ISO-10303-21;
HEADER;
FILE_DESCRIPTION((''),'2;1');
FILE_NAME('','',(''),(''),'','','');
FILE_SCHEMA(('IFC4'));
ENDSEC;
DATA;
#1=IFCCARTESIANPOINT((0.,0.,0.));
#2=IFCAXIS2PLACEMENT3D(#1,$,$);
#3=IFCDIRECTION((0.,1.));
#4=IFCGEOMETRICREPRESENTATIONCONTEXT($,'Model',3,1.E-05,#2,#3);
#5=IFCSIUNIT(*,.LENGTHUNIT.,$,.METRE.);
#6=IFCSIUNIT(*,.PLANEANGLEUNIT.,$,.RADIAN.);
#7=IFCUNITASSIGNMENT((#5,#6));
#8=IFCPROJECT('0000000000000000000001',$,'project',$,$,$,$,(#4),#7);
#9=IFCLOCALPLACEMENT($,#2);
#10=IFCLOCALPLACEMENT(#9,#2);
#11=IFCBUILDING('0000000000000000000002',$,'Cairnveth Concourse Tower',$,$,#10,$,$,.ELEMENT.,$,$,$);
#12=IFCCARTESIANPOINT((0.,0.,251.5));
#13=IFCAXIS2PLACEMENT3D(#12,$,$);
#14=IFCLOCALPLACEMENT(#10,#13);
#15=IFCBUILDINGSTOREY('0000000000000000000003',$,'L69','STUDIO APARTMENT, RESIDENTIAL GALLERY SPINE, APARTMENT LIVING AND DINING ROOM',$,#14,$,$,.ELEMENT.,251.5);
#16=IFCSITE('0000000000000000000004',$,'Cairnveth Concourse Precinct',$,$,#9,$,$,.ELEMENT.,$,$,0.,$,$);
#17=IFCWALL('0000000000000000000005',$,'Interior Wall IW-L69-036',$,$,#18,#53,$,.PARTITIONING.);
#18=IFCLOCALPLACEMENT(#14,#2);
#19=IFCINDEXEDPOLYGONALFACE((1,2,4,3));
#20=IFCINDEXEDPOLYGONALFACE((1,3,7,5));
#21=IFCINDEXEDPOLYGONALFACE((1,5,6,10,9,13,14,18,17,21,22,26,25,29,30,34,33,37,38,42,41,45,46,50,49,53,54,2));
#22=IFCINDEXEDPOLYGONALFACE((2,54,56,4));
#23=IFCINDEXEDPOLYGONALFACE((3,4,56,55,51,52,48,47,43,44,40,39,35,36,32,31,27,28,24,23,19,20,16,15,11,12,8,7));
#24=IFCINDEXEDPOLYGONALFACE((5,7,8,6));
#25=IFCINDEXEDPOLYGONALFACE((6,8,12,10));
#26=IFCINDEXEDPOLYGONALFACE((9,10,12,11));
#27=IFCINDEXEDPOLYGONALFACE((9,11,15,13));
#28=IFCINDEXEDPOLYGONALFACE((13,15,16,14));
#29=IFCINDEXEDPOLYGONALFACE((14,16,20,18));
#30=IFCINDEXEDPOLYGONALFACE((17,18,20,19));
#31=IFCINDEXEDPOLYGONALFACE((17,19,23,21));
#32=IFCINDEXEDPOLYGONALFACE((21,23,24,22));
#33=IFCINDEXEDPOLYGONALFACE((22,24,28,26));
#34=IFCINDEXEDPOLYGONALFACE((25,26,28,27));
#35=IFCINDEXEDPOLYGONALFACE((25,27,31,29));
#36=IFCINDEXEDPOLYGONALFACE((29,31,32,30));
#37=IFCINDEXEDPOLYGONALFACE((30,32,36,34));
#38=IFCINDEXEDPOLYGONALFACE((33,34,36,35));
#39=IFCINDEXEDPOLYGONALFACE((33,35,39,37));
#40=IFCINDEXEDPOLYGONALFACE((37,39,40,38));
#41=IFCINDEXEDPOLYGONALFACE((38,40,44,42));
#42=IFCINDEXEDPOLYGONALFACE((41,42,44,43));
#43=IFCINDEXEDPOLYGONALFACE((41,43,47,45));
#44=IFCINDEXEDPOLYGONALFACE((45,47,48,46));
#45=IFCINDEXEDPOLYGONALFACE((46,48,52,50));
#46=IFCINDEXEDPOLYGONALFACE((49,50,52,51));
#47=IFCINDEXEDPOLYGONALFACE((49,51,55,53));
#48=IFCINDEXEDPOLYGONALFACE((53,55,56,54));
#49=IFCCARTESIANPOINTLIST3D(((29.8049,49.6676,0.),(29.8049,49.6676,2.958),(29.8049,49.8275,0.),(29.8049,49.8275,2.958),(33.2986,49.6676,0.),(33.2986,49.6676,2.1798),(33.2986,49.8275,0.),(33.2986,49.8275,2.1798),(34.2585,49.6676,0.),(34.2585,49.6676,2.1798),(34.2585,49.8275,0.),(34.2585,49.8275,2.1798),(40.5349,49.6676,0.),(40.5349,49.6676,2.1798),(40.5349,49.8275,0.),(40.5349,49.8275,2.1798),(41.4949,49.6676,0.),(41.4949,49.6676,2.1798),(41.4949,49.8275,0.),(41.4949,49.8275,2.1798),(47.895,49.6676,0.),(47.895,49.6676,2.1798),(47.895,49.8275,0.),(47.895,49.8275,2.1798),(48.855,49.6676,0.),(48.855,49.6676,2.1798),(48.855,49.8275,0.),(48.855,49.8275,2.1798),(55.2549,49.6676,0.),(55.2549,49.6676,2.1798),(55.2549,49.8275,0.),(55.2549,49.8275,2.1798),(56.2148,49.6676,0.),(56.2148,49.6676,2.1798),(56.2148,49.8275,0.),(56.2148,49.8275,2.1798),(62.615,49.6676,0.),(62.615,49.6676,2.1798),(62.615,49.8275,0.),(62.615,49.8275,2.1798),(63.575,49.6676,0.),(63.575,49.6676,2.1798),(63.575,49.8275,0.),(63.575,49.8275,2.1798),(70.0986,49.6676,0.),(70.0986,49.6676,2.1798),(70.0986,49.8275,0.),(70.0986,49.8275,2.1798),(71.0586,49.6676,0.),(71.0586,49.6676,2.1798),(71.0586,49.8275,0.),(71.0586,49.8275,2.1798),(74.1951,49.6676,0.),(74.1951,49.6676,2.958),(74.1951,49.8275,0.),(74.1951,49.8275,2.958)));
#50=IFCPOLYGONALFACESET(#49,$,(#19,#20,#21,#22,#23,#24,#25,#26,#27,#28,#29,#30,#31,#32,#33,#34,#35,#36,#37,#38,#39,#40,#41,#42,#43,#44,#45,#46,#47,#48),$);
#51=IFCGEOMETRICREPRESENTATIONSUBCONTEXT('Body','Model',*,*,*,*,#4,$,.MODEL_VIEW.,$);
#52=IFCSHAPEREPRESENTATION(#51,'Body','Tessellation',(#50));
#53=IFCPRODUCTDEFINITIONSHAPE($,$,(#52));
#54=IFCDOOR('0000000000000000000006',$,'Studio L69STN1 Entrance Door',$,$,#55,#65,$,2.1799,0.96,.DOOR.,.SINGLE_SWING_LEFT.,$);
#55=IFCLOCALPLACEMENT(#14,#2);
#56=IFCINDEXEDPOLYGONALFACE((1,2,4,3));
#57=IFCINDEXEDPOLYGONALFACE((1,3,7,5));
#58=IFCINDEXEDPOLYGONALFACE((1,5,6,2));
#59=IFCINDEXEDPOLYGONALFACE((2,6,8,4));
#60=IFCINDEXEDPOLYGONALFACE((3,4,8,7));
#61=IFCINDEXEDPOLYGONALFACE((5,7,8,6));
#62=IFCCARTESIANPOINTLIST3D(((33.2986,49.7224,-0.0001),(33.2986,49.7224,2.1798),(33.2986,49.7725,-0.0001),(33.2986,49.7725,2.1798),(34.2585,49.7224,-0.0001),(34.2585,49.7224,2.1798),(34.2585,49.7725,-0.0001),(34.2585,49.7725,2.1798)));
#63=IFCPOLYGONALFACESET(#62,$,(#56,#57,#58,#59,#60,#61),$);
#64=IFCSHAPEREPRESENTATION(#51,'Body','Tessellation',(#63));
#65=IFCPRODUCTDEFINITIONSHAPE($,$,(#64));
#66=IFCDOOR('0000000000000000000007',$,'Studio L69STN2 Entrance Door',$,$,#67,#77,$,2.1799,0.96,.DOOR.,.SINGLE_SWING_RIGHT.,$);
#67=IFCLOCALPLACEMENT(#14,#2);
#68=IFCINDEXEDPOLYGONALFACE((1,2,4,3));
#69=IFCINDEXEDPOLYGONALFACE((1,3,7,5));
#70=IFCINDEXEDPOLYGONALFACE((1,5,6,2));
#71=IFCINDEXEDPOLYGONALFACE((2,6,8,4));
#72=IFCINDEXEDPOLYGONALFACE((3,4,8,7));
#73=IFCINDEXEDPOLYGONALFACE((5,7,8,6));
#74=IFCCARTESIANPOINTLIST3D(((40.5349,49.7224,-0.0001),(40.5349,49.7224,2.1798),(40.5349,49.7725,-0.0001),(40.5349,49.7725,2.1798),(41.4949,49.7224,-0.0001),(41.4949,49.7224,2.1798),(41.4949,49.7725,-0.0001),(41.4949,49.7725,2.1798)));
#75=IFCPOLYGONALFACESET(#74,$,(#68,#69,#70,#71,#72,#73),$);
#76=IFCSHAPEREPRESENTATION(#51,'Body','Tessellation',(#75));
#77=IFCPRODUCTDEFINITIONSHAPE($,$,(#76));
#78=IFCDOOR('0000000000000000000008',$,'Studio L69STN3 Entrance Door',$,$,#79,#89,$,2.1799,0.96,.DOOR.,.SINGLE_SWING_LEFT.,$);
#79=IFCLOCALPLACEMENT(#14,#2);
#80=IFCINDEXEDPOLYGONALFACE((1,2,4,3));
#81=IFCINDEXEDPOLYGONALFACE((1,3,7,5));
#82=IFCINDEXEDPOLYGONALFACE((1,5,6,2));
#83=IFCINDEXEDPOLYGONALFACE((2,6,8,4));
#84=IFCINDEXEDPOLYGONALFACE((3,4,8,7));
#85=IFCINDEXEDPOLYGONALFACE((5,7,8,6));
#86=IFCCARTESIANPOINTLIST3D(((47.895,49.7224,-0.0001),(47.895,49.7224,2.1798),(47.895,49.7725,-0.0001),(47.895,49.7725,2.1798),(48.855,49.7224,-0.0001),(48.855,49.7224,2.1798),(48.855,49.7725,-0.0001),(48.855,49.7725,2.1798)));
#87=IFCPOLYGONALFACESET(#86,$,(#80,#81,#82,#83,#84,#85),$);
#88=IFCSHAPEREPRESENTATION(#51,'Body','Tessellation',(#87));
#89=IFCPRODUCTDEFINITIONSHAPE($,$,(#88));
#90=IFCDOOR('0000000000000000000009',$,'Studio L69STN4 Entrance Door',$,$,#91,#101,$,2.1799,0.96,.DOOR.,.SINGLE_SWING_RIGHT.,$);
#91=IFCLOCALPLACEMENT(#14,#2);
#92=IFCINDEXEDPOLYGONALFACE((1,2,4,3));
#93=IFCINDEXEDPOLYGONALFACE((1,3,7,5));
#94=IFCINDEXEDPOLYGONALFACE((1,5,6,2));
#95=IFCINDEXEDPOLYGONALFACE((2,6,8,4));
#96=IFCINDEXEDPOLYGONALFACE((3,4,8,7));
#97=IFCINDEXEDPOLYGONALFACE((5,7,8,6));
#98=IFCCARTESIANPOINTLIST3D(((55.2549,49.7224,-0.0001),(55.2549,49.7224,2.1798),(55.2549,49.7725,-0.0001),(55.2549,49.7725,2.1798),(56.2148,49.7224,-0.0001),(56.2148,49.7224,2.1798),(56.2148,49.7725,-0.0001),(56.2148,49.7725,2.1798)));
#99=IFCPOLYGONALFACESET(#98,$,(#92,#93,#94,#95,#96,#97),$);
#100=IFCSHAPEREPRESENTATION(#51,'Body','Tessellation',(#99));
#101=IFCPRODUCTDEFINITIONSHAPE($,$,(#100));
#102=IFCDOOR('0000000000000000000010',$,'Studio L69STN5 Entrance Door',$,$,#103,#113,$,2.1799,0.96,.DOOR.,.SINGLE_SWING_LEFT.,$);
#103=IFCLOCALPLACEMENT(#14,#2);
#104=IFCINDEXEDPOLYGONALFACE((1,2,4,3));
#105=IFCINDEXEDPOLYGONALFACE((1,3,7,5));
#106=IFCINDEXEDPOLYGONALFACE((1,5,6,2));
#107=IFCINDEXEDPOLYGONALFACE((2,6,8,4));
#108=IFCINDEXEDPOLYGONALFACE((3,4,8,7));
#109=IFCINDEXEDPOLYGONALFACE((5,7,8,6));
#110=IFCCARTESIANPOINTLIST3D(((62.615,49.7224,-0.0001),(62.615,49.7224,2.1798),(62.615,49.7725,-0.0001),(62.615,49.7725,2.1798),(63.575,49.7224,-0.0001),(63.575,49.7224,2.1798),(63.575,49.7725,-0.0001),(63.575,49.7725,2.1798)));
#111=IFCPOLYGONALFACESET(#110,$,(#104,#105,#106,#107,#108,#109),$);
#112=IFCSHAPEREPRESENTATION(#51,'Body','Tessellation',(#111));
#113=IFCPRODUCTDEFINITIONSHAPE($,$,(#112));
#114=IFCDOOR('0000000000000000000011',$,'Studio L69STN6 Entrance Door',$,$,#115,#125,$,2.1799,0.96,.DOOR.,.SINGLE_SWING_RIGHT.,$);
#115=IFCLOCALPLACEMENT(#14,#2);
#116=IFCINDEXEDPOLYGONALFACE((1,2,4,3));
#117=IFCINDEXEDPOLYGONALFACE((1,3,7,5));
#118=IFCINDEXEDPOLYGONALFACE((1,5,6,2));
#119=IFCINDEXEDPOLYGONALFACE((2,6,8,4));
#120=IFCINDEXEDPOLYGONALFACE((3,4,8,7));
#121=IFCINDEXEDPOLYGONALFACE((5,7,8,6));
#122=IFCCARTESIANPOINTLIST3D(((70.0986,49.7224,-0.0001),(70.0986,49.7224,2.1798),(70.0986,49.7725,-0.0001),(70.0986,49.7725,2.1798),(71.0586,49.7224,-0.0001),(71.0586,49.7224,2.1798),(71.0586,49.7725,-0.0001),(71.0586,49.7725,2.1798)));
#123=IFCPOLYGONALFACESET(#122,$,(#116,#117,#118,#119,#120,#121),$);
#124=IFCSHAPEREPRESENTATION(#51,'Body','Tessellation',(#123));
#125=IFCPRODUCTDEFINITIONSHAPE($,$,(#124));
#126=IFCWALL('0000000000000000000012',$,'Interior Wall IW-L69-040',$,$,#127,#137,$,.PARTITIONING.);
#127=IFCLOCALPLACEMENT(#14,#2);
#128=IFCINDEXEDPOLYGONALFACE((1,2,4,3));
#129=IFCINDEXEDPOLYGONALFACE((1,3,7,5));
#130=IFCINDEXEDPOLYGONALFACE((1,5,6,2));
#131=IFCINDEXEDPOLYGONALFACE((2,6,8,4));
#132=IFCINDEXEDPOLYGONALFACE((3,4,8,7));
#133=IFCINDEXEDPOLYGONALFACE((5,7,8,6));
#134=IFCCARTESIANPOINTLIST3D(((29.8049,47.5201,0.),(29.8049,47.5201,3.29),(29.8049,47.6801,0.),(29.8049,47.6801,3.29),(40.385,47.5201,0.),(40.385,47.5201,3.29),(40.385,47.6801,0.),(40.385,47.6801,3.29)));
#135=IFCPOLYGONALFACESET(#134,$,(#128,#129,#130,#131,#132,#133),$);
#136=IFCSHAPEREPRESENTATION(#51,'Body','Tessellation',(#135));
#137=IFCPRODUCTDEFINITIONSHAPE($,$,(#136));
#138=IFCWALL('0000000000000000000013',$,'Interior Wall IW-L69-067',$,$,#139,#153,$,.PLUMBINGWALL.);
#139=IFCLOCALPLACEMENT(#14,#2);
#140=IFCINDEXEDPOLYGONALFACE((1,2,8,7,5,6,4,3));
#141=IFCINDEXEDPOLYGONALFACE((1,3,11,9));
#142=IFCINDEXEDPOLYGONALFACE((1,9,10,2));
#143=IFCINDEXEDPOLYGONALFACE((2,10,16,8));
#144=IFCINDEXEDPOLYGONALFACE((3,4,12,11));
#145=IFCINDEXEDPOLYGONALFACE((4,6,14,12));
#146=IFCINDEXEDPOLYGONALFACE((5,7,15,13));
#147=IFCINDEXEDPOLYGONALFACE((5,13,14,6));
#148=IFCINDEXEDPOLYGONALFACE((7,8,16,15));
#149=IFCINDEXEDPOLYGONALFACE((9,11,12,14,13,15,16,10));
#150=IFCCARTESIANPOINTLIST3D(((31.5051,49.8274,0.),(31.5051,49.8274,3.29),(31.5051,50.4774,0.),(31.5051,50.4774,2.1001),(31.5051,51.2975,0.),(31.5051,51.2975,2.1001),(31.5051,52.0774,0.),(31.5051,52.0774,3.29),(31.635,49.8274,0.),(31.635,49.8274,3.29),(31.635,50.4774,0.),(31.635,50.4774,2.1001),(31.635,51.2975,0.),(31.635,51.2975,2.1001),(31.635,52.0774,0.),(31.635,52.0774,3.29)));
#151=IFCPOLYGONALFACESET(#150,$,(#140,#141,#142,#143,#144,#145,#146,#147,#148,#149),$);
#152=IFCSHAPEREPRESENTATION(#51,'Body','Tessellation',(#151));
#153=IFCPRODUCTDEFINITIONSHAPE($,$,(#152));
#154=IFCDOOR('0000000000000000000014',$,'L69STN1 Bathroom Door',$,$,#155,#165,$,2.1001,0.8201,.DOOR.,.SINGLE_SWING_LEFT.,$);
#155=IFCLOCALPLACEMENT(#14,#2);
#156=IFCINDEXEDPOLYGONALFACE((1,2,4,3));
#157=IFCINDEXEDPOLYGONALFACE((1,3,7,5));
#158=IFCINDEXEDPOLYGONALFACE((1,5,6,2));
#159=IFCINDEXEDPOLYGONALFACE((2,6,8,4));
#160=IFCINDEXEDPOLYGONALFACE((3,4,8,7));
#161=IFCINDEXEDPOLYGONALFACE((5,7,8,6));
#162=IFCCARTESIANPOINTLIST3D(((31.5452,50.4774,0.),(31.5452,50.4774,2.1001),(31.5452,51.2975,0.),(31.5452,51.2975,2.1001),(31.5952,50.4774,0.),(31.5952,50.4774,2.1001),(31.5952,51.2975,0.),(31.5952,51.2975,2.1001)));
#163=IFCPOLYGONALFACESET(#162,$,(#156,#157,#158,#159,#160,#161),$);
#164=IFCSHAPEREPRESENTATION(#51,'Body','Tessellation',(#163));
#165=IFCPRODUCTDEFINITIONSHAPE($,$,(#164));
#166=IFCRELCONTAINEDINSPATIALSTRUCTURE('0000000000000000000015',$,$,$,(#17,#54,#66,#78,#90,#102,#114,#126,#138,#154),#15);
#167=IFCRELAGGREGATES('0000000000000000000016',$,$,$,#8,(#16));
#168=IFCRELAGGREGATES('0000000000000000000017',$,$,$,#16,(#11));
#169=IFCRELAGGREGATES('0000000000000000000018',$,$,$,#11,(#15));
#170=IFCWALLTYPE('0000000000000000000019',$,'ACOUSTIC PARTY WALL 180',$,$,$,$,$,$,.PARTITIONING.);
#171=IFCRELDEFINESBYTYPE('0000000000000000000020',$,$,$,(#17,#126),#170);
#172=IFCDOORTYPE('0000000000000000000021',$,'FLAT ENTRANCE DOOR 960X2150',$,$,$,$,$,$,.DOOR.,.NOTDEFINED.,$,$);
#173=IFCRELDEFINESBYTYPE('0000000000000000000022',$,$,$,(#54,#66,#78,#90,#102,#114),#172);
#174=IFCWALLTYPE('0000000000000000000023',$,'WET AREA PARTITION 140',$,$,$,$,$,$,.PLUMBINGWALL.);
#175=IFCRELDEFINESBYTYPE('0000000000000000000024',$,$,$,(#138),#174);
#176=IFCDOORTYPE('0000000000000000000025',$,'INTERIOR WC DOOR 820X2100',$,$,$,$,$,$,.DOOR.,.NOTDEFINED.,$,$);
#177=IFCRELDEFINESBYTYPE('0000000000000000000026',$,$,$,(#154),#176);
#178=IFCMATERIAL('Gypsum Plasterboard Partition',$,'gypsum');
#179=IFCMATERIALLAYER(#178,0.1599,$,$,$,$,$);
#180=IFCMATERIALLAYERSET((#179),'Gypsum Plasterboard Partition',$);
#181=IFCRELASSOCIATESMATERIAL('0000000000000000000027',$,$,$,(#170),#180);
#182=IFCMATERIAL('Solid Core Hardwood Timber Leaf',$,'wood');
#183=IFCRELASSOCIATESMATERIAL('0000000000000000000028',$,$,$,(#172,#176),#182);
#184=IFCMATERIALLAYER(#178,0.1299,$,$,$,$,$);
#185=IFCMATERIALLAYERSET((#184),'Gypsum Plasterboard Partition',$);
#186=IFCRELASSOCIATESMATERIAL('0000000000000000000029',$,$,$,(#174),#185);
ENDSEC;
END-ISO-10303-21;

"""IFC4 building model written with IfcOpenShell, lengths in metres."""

from ifc_helpers import new_model, si_unit, direction, frame, frame_2d, origin, place, context, subcontext, project, spatial, rectangle, extrude, material, layer, layer_set, type_object, element, fill, save


model = new_model("IFC4")

# Units and contexts
model_context = context("Model", 3, precision=1e-05, world=origin(), true_north=direction((0.0, 1.0)))
body_context = subcontext(model_context, "Body", "Model", "MODEL_VIEW")
ifc_project = project(units=[si_unit("LENGTHUNIT", "METRE"), si_unit("PLANEANGLEUNIT", "RADIAN")], contexts=[model_context])

# Site, building, storey
site_placement = place(None, origin())
site = spatial("IfcSite", under=ifc_project, at=site_placement, Name="Cairnveth Concourse Precinct", CompositionType="ELEMENT", RefElevation=0.0)
building_placement = place(site_placement, origin())
building = spatial("IfcBuilding", under=site, at=building_placement, Name="Cairnveth Concourse Tower", CompositionType="ELEMENT")
storey_placement = place(building_placement, frame((0.0, 0.0, 251.5)))
storey = spatial("IfcBuildingStorey", under=building, at=storey_placement, Name="L69", Description="STUDIO APARTMENT, RESIDENTIAL GALLERY SPINE, APARTMENT LIVING AND DINING ROOM", CompositionType="ELEMENT", Elevation=251.5)

# Wall, openings, doors
ifc_material_1 = material(Name="Gypsum Plasterboard Partition", Category="gypsum")
ifc_layer_1 = layer(ifc_material_1, 0.1599)
ifc_layer_set_1 = layer_set([ifc_layer_1], Name="Gypsum Plasterboard Partition")
wall_type_1 = type_object("IfcWallType", Name="ACOUSTIC PARTY WALL 180", PredefinedType="PARTITIONING", material=ifc_layer_set_1)
wall_1_placement = place(storey_placement, frame((29.8049, 49.7476, 0.0), z_axis=(0.0, 0.0, 1.0), x_axis=(1.0, 0.0, 0.0)))
wall_1 = element("IfcWall", 1, at=wall_1_placement, inside=storey, type_object=wall_type_1, Name="Interior Wall IW-L69-036", PredefinedType="PARTITIONING", context=body_context, shape_type="SweptSolid", body=[
    extrude(rectangle(XDim=44.3901, YDim=0.1599, at=frame_2d((22.1951, 0.0))), origin(), (0.0, 0.0, 1.0), 2.958),
])
opening_1_placement = place(wall_1_placement, frame((3.4937, 0.0, 0.0)))
opening_1 = element("IfcOpeningElement", 2, at=opening_1_placement, cuts=wall_1, PredefinedType="OPENING", context=body_context, shape_type="SweptSolid", body=[
    extrude(rectangle(XDim=0.96, YDim=2.1799, at=frame_2d((0.48, 1.0898))), frame((0.0, 0.0898, 0.0), z_axis=(0.0, -1.0, 0.0), x_axis=(1.0, 0.0, 0.0)), (0.0, 0.0, 1.0), 0.1799),
])
opening_2_placement = place(wall_1_placement, frame((10.73, 0.0, 0.0)))
opening_2 = element("IfcOpeningElement", 3, at=opening_2_placement, cuts=wall_1, PredefinedType="OPENING", context=body_context, shape_type="SweptSolid", body=[
    extrude(rectangle(XDim=0.96, YDim=2.1799, at=frame_2d((0.48, 1.0898))), frame((0.0, 0.0898, 0.0), z_axis=(0.0, -1.0, 0.0), x_axis=(1.0, 0.0, 0.0)), (0.0, 0.0, 1.0), 0.1799),
])
opening_3_placement = place(wall_1_placement, frame((18.0901, 0.0, 0.0)))
opening_3 = element("IfcOpeningElement", 4, at=opening_3_placement, cuts=wall_1, PredefinedType="OPENING", context=body_context, shape_type="SweptSolid", body=[
    extrude(rectangle(XDim=0.96, YDim=2.1799, at=frame_2d((0.48, 1.0898))), frame((0.0, 0.0898, 0.0), z_axis=(0.0, -1.0, 0.0), x_axis=(1.0, 0.0, 0.0)), (0.0, 0.0, 1.0), 0.1799),
])
opening_4_placement = place(wall_1_placement, frame((25.45, 0.0, 0.0)))
opening_4 = element("IfcOpeningElement", 5, at=opening_4_placement, cuts=wall_1, PredefinedType="OPENING", context=body_context, shape_type="SweptSolid", body=[
    extrude(rectangle(XDim=0.96, YDim=2.1799, at=frame_2d((0.48, 1.0898))), frame((0.0, 0.0898, 0.0), z_axis=(0.0, -1.0, 0.0), x_axis=(1.0, 0.0, 0.0)), (0.0, 0.0, 1.0), 0.1799),
])
opening_5_placement = place(wall_1_placement, frame((32.8101, 0.0, 0.0)))
opening_5 = element("IfcOpeningElement", 6, at=opening_5_placement, cuts=wall_1, PredefinedType="OPENING", context=body_context, shape_type="SweptSolid", body=[
    extrude(rectangle(XDim=0.96, YDim=2.1799, at=frame_2d((0.48, 1.0898))), frame((0.0, 0.0898, 0.0), z_axis=(0.0, -1.0, 0.0), x_axis=(1.0, 0.0, 0.0)), (0.0, 0.0, 1.0), 0.1799),
])
opening_6_placement = place(wall_1_placement, frame((40.2937, 0.0, 0.0)))
opening_6 = element("IfcOpeningElement", 7, at=opening_6_placement, cuts=wall_1, PredefinedType="OPENING", context=body_context, shape_type="SweptSolid", body=[
    extrude(rectangle(XDim=0.96, YDim=2.1799, at=frame_2d((0.48, 1.0898))), frame((0.0, 0.0898, 0.0), z_axis=(0.0, -1.0, 0.0), x_axis=(1.0, 0.0, 0.0)), (0.0, 0.0, 1.0), 0.1799),
])
ifc_material_2 = material(Name="Solid Core Hardwood Timber Leaf", Category="wood")
door_type_1 = type_object("IfcDoorType", Name="FLAT ENTRANCE DOOR 960X2150", OperationType="NOTDEFINED", PredefinedType="DOOR", material=ifc_material_2)
door_1_placement = place(opening_1_placement, origin())
door_1 = element("IfcDoor", 8, at=door_1_placement, inside=storey, type_object=door_type_1, Name="Studio L69STN1 Entrance Door", OperationType="SINGLE_SWING_LEFT", OverallHeight=2.1799, OverallWidth=0.96, PredefinedType="DOOR", context=body_context, shape_type="SweptSolid", body=[
    extrude(rectangle(XDim=0.96, YDim=2.1799, at=frame_2d((0.48, 1.0898))), frame((0.0, 0.0249, 0.0), z_axis=(0.0, -1.0, 0.0), x_axis=(1.0, 0.0, 0.0)), (0.0, 0.0, 1.0), 0.05),
])
fill(opening_1, door_1)
door_2_placement = place(opening_2_placement, origin())
door_2 = element("IfcDoor", 9, at=door_2_placement, inside=storey, type_object=door_type_1, Name="Studio L69STN2 Entrance Door", OperationType="SINGLE_SWING_RIGHT", OverallHeight=2.1799, OverallWidth=0.96, PredefinedType="DOOR", context=body_context, shape_type="SweptSolid", body=[
    extrude(rectangle(XDim=0.96, YDim=2.1799, at=frame_2d((0.48, 1.0898))), frame((0.0, 0.0249, 0.0), z_axis=(0.0, -1.0, 0.0), x_axis=(1.0, 0.0, 0.0)), (0.0, 0.0, 1.0), 0.05),
])
fill(opening_2, door_2)
door_3_placement = place(opening_3_placement, origin())
door_3 = element("IfcDoor", 10, at=door_3_placement, inside=storey, type_object=door_type_1, Name="Studio L69STN3 Entrance Door", OperationType="SINGLE_SWING_LEFT", OverallHeight=2.1799, OverallWidth=0.96, PredefinedType="DOOR", context=body_context, shape_type="SweptSolid", body=[
    extrude(rectangle(XDim=0.96, YDim=2.1799, at=frame_2d((0.48, 1.0898))), frame((0.0, 0.0249, 0.0), z_axis=(0.0, -1.0, 0.0), x_axis=(1.0, 0.0, 0.0)), (0.0, 0.0, 1.0), 0.05),
])
fill(opening_3, door_3)
door_4_placement = place(opening_4_placement, origin())
door_4 = element("IfcDoor", 11, at=door_4_placement, inside=storey, type_object=door_type_1, Name="Studio L69STN4 Entrance Door", OperationType="SINGLE_SWING_RIGHT", OverallHeight=2.1799, OverallWidth=0.96, PredefinedType="DOOR", context=body_context, shape_type="SweptSolid", body=[
    extrude(rectangle(XDim=0.96, YDim=2.1799, at=frame_2d((0.48, 1.0898))), frame((0.0, 0.0249, 0.0), z_axis=(0.0, -1.0, 0.0), x_axis=(1.0, 0.0, 0.0)), (0.0, 0.0, 1.0), 0.05),
])
fill(opening_4, door_4)
door_5_placement = place(opening_5_placement, origin())
door_5 = element("IfcDoor", 12, at=door_5_placement, inside=storey, type_object=door_type_1, Name="Studio L69STN5 Entrance Door", OperationType="SINGLE_SWING_LEFT", OverallHeight=2.1799, OverallWidth=0.96, PredefinedType="DOOR", context=body_context, shape_type="SweptSolid", body=[
    extrude(rectangle(XDim=0.96, YDim=2.1799, at=frame_2d((0.48, 1.0898))), frame((0.0, 0.0249, 0.0), z_axis=(0.0, -1.0, 0.0), x_axis=(1.0, 0.0, 0.0)), (0.0, 0.0, 1.0), 0.05),
])
fill(opening_5, door_5)
door_6_placement = place(opening_6_placement, origin())
door_6 = element("IfcDoor", 13, at=door_6_placement, inside=storey, type_object=door_type_1, Name="Studio L69STN6 Entrance Door", OperationType="SINGLE_SWING_RIGHT", OverallHeight=2.1799, OverallWidth=0.96, PredefinedType="DOOR", context=body_context, shape_type="SweptSolid", body=[
    extrude(rectangle(XDim=0.96, YDim=2.1799, at=frame_2d((0.48, 1.0898))), frame((0.0, 0.0249, 0.0), z_axis=(0.0, -1.0, 0.0), x_axis=(1.0, 0.0, 0.0)), (0.0, 0.0, 1.0), 0.05),
])
fill(opening_6, door_6)

# Wall
wall_2_placement = place(storey_placement, frame((29.8049, 47.6001, 0.0), z_axis=(0.0, 0.0, 1.0), x_axis=(1.0, 0.0, 0.0)))
element("IfcWall", 14, at=wall_2_placement, inside=storey, type_object=wall_type_1, Name="Interior Wall IW-L69-040", PredefinedType="PARTITIONING", context=body_context, shape_type="SweptSolid", body=[
    extrude(rectangle(XDim=10.5801, YDim=0.1599, at=frame_2d((5.29, 0.0))), origin(), (0.0, 0.0, 1.0), 3.29),
])

# Wall, opening, door
ifc_layer_2 = layer(ifc_material_1, 0.1299)
ifc_layer_set_2 = layer_set([ifc_layer_2], Name="Gypsum Plasterboard Partition")
wall_type_2 = type_object("IfcWallType", Name="WET AREA PARTITION 140", PredefinedType="PLUMBINGWALL", material=ifc_layer_set_2)
wall_3_placement = place(storey_placement, frame((31.5701, 49.8274, 0.0), z_axis=(0.0, 0.0, 1.0), x_axis=(0.0, 1.0, 0.0)))
wall_3 = element("IfcWall", 15, at=wall_3_placement, inside=storey, type_object=wall_type_2, Name="Interior Wall IW-L69-067", PredefinedType="PLUMBINGWALL", context=body_context, shape_type="SweptSolid", body=[
    extrude(rectangle(XDim=2.25, YDim=0.1299, at=frame_2d((1.125, 0.0))), origin(), (0.0, 0.0, 1.0), 3.29),
])
opening_7_placement = place(wall_3_placement, frame((0.6499, 0.0, 0.0)))
opening_7 = element("IfcOpeningElement", 16, at=opening_7_placement, cuts=wall_3, PredefinedType="OPENING", context=body_context, shape_type="SweptSolid", body=[
    extrude(rectangle(XDim=0.8201, YDim=2.1001, at=frame_2d((0.4102, 1.05))), frame((0.0, 0.075, 0.0), z_axis=(0.0, -1.0, 0.0), x_axis=(1.0, 0.0, 0.0)), (0.0, 0.0, 1.0), 0.1499),
])
door_type_2 = type_object("IfcDoorType", Name="INTERIOR WC DOOR 820X2100", OperationType="NOTDEFINED", PredefinedType="DOOR", material=ifc_material_2)
door_7_placement = place(opening_7_placement, origin())
door_7 = element("IfcDoor", 17, at=door_7_placement, inside=storey, type_object=door_type_2, Name="L69STN1 Bathroom Door", OperationType="SINGLE_SWING_LEFT", OverallHeight=2.1001, OverallWidth=0.8201, PredefinedType="DOOR", context=body_context, shape_type="SweptSolid", body=[
    extrude(rectangle(XDim=0.8201, YDim=2.1001, at=frame_2d((0.4102, 1.05))), frame((0.0, 0.0249, 0.0), z_axis=(0.0, -1.0, 0.0), x_axis=(1.0, 0.0, 0.0)), (0.0, 0.0, 1.0), 0.05),
])
fill(opening_7, door_7)

save(model, "model.ifc")
